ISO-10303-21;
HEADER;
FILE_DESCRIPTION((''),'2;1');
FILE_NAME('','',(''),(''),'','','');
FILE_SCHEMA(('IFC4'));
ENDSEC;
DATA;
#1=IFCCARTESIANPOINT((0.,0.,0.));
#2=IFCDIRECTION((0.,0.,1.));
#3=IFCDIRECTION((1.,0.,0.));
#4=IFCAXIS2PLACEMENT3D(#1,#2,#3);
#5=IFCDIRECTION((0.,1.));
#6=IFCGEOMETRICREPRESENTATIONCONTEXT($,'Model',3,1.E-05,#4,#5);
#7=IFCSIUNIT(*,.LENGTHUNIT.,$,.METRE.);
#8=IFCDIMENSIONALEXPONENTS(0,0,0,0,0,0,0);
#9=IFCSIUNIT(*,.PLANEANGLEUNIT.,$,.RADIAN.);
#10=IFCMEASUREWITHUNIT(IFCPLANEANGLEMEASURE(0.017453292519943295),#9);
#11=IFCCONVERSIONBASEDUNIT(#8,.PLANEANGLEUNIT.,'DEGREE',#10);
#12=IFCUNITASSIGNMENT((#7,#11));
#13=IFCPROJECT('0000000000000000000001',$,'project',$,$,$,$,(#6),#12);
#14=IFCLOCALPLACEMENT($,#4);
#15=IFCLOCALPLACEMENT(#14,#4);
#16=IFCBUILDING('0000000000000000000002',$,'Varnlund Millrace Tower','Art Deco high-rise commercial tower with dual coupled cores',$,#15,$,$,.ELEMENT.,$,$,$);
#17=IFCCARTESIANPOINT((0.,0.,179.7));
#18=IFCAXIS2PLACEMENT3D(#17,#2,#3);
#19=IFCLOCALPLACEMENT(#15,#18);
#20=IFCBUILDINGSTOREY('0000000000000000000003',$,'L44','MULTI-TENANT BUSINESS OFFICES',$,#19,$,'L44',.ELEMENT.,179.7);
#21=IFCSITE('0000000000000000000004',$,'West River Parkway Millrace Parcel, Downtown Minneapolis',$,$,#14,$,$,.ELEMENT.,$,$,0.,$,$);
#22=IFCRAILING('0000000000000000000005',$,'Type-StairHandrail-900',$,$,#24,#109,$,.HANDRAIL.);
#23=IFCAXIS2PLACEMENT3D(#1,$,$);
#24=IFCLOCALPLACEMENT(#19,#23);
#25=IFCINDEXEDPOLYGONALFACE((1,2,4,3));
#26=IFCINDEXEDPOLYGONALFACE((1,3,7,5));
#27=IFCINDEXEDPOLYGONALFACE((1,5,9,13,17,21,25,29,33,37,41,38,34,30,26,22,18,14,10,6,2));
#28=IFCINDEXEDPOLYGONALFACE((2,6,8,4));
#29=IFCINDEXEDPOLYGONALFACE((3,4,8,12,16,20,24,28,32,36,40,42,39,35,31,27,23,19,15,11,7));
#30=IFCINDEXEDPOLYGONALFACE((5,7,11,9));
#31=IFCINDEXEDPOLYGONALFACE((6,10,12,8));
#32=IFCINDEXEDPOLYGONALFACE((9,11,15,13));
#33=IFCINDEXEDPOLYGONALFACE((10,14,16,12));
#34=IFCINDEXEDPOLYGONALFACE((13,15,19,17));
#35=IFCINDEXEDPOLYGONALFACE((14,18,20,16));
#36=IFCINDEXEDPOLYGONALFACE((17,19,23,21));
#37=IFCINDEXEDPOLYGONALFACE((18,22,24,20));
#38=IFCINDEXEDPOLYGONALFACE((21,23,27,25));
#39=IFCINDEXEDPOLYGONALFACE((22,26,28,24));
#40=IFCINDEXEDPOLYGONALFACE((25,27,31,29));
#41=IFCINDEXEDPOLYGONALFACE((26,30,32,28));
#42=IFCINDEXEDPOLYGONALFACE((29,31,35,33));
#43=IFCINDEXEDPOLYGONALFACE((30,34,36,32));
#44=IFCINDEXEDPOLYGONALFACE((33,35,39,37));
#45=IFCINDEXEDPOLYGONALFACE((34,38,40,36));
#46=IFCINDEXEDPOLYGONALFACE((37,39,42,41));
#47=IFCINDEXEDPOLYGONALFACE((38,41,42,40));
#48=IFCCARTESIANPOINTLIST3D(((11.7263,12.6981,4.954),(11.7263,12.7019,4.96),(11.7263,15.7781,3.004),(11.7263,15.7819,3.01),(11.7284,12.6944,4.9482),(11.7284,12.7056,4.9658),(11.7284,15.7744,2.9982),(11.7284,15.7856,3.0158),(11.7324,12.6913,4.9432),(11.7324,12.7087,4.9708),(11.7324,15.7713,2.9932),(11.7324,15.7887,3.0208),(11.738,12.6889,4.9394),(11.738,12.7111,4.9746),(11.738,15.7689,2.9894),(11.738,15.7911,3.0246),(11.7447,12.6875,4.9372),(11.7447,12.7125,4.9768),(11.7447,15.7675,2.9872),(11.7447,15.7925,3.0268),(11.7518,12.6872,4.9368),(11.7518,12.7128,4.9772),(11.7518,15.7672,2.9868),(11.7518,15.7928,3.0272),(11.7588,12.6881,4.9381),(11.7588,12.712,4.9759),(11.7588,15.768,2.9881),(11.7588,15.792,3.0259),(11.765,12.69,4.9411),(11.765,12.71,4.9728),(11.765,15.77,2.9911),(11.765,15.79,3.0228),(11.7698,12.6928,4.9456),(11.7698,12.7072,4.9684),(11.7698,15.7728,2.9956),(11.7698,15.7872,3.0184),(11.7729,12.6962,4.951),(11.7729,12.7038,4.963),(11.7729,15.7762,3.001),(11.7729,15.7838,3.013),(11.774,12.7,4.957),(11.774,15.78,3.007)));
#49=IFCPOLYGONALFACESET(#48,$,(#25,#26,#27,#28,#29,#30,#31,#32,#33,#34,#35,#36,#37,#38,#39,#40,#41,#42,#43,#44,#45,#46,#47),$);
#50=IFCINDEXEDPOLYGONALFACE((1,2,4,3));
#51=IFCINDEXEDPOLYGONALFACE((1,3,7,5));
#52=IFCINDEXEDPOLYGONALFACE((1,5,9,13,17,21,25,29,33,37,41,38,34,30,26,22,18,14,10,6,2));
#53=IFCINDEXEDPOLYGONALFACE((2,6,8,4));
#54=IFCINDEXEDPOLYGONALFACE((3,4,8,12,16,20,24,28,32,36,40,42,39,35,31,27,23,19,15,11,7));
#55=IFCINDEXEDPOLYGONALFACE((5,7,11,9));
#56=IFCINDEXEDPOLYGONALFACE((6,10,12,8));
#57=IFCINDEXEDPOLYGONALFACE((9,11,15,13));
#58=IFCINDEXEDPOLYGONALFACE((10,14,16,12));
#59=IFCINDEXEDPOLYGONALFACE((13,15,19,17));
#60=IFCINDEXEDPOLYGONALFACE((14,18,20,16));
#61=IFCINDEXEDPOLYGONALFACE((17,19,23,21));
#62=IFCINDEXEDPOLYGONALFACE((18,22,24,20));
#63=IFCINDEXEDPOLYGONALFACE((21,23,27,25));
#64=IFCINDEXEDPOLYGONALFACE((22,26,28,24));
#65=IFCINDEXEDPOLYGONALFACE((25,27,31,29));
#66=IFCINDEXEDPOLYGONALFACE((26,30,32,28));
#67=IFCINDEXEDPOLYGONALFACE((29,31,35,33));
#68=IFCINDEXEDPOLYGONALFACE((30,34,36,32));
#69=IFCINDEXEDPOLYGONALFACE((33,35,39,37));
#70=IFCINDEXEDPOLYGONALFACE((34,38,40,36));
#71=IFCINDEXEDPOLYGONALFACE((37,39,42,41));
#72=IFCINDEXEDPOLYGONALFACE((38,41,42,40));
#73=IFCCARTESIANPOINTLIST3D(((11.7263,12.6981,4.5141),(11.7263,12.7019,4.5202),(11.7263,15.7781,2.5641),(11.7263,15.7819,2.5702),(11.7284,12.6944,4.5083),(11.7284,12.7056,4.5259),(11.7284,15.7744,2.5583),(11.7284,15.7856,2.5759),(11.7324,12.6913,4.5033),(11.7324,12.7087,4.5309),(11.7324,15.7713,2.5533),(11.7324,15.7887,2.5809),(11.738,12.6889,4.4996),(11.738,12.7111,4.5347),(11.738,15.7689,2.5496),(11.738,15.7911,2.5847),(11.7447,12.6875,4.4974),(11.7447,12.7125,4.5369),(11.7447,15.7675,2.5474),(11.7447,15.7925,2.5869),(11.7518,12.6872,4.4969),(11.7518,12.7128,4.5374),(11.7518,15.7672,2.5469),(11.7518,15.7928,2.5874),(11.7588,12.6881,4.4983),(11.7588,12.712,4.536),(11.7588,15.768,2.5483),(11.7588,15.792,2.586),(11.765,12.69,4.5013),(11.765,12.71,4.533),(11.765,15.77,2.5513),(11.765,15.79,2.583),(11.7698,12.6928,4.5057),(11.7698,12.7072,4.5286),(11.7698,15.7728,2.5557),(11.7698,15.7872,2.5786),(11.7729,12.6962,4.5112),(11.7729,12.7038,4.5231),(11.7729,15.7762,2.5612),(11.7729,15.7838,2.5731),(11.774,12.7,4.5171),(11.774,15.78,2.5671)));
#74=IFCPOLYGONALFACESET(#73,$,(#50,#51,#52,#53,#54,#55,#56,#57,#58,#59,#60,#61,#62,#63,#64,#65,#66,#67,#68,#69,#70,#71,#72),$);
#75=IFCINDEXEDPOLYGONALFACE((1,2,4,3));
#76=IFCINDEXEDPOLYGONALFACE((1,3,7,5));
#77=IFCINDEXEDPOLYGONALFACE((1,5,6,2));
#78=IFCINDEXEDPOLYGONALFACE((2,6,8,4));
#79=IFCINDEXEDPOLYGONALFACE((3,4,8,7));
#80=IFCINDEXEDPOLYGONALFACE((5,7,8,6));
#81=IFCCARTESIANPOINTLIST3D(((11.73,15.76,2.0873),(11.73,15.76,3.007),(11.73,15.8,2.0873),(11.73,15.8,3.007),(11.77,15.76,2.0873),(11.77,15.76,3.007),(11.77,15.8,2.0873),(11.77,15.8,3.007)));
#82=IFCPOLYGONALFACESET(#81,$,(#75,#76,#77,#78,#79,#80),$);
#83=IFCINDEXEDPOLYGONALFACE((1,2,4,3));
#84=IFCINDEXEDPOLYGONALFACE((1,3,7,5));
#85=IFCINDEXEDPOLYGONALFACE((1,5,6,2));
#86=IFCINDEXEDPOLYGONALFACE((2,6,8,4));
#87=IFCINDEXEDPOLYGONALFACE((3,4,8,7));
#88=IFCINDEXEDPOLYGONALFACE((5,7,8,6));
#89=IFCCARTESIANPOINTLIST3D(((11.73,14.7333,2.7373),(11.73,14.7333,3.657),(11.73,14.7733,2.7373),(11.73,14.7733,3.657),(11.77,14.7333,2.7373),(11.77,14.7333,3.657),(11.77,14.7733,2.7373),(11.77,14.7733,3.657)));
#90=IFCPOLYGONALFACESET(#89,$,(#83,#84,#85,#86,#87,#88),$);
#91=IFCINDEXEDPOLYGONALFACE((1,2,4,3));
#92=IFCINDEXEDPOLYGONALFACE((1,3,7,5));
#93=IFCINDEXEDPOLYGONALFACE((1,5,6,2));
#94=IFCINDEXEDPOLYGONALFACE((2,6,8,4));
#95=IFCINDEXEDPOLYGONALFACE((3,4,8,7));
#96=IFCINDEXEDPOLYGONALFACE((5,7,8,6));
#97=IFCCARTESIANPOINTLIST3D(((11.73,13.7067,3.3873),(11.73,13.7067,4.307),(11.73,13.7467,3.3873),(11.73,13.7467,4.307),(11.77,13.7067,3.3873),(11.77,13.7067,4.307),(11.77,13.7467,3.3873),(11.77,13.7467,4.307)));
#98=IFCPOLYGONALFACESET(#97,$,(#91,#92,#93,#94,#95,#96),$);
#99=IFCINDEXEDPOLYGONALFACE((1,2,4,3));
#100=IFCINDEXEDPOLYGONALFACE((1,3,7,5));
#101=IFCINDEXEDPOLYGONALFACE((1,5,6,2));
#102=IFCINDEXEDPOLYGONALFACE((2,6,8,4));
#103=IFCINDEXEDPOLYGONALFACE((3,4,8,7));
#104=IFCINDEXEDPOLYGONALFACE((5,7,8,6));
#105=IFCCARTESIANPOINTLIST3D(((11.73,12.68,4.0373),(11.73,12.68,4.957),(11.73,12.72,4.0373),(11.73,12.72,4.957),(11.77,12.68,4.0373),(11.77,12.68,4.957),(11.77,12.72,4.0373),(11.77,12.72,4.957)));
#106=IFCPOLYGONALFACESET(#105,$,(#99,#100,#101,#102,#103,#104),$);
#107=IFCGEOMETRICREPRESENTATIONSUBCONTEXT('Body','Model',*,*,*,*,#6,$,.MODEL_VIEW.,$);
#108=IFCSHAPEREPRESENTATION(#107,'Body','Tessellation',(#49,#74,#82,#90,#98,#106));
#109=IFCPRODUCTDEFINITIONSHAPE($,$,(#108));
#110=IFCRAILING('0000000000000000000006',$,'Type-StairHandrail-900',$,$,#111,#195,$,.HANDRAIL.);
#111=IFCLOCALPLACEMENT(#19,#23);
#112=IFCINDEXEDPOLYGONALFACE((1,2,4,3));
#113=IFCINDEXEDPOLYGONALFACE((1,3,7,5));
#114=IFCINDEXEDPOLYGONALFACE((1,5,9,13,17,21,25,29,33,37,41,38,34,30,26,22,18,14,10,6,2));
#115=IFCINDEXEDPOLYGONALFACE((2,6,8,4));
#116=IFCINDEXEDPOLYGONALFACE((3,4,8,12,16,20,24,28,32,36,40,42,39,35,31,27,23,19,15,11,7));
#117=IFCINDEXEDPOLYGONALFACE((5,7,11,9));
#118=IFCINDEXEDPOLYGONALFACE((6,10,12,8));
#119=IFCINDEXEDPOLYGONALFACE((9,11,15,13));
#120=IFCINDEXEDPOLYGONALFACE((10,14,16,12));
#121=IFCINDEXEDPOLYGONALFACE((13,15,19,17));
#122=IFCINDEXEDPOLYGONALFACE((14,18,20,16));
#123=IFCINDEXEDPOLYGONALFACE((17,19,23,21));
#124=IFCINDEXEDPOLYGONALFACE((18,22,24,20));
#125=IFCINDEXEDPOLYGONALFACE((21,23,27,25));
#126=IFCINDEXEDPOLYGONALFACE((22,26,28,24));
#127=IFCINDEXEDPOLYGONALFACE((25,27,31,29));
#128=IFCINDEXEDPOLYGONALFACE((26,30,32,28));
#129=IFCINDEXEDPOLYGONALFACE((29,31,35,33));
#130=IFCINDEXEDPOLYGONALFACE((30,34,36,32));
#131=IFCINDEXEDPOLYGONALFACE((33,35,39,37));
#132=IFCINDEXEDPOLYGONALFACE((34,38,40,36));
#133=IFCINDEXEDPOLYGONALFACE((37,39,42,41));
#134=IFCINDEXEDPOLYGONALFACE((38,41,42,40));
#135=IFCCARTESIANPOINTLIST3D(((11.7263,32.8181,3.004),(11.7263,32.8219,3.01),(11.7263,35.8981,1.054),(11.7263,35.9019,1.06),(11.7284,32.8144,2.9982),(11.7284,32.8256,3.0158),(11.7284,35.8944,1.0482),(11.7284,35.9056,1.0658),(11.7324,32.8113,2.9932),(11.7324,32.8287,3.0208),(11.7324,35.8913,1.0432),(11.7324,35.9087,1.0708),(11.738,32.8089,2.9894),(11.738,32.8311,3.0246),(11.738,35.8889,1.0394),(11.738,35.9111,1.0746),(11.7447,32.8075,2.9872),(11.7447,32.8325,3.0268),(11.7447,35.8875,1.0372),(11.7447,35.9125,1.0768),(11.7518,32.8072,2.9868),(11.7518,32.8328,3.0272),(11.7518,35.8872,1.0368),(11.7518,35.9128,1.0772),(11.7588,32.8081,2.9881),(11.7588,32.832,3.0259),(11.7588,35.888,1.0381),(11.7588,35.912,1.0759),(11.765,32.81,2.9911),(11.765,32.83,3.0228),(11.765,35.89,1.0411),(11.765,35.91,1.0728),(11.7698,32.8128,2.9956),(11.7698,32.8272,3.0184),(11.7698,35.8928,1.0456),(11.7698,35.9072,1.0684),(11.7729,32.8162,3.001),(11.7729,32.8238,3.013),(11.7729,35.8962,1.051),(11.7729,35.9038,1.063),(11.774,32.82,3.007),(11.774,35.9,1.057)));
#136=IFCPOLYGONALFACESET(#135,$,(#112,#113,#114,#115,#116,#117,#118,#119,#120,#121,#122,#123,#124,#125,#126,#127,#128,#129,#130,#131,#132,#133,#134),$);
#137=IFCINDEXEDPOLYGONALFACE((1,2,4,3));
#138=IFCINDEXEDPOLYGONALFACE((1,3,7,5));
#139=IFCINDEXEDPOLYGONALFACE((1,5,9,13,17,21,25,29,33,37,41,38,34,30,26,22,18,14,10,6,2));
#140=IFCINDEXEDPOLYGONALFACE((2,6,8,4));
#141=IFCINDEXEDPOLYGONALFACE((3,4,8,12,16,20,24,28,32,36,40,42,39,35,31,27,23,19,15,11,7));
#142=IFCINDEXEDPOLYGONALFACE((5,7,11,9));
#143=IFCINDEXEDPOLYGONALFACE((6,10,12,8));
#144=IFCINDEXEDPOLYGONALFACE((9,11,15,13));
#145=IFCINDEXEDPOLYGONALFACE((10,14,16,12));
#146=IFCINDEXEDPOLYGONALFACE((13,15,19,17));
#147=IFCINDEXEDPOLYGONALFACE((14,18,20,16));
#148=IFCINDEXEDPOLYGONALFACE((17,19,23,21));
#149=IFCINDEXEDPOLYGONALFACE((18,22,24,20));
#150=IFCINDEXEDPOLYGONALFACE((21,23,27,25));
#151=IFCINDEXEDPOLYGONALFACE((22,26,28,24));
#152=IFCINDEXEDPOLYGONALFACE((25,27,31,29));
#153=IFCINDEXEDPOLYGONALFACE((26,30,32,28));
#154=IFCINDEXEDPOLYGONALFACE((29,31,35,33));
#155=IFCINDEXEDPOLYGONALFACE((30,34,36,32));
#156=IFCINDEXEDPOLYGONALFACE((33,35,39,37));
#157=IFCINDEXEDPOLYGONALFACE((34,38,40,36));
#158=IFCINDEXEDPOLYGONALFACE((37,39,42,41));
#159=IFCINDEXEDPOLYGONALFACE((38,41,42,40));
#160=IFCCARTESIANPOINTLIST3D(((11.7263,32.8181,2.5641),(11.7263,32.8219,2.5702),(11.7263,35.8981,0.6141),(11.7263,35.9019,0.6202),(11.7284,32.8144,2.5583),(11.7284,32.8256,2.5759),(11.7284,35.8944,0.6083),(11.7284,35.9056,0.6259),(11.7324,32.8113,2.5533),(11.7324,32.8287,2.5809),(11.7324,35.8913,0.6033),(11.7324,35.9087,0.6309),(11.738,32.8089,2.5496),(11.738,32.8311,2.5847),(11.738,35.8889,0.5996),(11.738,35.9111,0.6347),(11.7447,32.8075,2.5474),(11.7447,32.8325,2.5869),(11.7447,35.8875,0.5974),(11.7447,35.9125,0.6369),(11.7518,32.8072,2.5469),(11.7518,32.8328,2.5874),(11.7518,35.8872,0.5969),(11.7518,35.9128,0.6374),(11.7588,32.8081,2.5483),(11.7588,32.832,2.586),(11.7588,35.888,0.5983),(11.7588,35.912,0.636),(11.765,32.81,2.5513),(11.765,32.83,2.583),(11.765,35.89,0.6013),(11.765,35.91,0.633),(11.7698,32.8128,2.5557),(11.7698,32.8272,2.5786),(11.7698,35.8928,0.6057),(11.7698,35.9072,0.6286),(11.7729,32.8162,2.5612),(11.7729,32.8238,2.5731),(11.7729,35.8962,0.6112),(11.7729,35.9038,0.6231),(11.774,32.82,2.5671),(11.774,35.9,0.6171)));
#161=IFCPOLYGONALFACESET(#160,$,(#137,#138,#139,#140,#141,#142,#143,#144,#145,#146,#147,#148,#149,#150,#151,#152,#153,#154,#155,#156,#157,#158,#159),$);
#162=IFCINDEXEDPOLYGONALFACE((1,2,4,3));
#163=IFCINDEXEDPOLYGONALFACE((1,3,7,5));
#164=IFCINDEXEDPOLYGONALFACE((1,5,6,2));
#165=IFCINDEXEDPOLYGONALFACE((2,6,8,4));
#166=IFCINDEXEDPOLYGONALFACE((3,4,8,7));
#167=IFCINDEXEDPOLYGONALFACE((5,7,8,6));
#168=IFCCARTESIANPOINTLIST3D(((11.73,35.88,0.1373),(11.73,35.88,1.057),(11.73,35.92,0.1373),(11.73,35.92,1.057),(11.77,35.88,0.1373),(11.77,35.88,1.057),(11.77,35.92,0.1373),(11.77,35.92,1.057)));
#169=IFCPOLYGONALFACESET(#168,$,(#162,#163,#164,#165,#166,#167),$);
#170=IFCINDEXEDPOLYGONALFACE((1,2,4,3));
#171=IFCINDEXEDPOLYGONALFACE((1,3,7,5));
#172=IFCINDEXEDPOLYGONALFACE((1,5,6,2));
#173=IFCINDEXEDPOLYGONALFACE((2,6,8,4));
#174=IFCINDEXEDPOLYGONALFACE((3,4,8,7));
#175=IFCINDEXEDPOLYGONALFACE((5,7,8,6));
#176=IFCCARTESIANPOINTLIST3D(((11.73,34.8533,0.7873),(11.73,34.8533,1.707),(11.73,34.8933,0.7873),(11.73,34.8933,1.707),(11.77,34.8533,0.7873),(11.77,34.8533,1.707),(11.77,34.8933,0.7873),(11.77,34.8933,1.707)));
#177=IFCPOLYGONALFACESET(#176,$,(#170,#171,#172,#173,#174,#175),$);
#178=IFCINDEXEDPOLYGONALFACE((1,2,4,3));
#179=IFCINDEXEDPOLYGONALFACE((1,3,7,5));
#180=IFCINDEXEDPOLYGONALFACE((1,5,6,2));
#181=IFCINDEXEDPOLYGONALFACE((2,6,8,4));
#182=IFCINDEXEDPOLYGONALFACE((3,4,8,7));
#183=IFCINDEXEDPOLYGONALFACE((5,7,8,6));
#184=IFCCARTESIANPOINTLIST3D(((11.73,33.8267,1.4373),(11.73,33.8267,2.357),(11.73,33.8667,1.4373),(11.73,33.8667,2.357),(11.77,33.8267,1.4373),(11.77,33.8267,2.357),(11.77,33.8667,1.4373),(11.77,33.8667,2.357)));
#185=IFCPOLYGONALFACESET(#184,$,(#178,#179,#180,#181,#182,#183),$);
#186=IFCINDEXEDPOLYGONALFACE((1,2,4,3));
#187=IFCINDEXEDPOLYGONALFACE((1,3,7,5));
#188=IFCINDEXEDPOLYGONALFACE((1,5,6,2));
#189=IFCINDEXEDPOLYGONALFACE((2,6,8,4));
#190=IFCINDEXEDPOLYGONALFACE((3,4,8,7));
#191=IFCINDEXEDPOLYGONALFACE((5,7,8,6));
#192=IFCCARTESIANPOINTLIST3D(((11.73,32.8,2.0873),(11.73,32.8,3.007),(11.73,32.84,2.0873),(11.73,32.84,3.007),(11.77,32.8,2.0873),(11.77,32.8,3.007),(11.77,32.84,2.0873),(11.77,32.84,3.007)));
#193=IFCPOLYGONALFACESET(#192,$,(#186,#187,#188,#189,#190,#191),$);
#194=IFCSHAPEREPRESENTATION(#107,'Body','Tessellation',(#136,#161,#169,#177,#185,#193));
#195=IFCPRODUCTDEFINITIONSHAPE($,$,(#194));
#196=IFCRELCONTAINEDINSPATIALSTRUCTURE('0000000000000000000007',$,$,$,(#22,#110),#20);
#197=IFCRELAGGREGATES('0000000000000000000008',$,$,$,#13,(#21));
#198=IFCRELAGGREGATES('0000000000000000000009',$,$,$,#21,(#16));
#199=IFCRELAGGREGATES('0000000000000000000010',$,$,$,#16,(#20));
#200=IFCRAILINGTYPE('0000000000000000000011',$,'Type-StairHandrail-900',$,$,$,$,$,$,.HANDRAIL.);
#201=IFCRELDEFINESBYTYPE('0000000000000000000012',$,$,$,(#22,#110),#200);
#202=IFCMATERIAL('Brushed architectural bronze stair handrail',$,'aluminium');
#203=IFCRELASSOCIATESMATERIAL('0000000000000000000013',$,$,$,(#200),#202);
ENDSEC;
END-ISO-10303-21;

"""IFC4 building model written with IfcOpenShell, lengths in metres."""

from ifc_helpers import new_model, entity, si_unit, converted_unit, direction, frame, origin_with_axes, origin_2d_with_axis, place, context, subcontext, project, spatial, rectangle, circle, extrude, material, type_object, element, save


model = new_model("IFC4")

# Units and contexts
model_context = context("Model", 3, precision=1e-05, world=origin_with_axes(), true_north=direction((0.0, 1.0)))
body_context = subcontext(model_context, "Body", "Model", "MODEL_VIEW")
ifc_project = project(units=[si_unit("LENGTHUNIT", "METRE"), converted_unit("PLANEANGLEUNIT", "DEGREE", entity("IfcPlaneAngleMeasure", 0.017453292519943295), si_unit("PLANEANGLEUNIT", "RADIAN"), dimensions=[0, 0, 0, 0, 0, 0, 0])], contexts=[model_context])

# Site, building, storey
site_placement = place(None, origin_with_axes())
site = spatial("IfcSite", under=ifc_project, at=site_placement, Name="West River Parkway Millrace Parcel, Downtown Minneapolis", CompositionType="ELEMENT", RefElevation=0.0)
building_placement = place(site_placement, origin_with_axes())
building = spatial("IfcBuilding", under=site, at=building_placement, Name="Varnlund Millrace Tower", Description="Art Deco high-rise commercial tower with dual coupled cores", CompositionType="ELEMENT")
storey_placement = place(building_placement, frame((0.0, 0.0, 179.7), z_axis=(0.0, 0.0, 1.0), x_axis=(1.0, 0.0, 0.0)))
storey = spatial("IfcBuildingStorey", under=building, at=storey_placement, Name="L44", Description="MULTI-TENANT BUSINESS OFFICES", LongName="L44", CompositionType="ELEMENT", Elevation=179.7)

# Railings
ifc_material_1 = material(Name="Brushed architectural bronze stair handrail", Category="aluminium")
railing_type_1 = type_object("IfcRailingType", Name="Type-StairHandrail-900", PredefinedType="HANDRAIL", material=ifc_material_1)
railing_1_placement = place(storey_placement, frame((0.0, 0.0, -179.7), z_axis=(0.0, 0.0, 1.0), x_axis=(1.0, 0.0, 0.0)))
element("IfcRailing", 1, at=railing_1_placement, inside=storey, type_object=railing_type_1, Name="Type-StairHandrail-900", PredefinedType="HANDRAIL", context=body_context, shape_type="SweptSolid", body=[
    extrude(circle(Radius=0.024, at=origin_2d_with_axis()), frame((11.75, 15.78, 182.707), z_axis=(0.0, -0.844902, 0.534922), x_axis=(1.0, 0.0, 0.0)), (0.0, 0.0, 1.0), 3.6454),
    extrude(circle(Radius=0.024, at=origin_2d_with_axis()), frame((11.75, 15.78, 182.2671), z_axis=(0.0, -0.844902, 0.534922), x_axis=(1.0, 0.0, 0.0)), (0.0, 0.0, 1.0), 3.6454),
    extrude(rectangle(XDim=0.04, YDim=0.04, at=origin_2d_with_axis()), frame((11.75, 15.78, 181.7873), z_axis=(0.0, 0.0, 1.0), x_axis=(1.0, 0.0, 0.0)), (0.0, 0.0, 1.0), 0.9197),
    extrude(rectangle(XDim=0.04, YDim=0.04, at=origin_2d_with_axis()), frame((11.75, 14.7533, 182.4373), z_axis=(0.0, 0.0, 1.0), x_axis=(1.0, 0.0, 0.0)), (0.0, 0.0, 1.0), 0.9197),
    extrude(rectangle(XDim=0.04, YDim=0.04, at=origin_2d_with_axis()), frame((11.75, 13.7267, 183.0873), z_axis=(0.0, 0.0, 1.0), x_axis=(1.0, 0.0, 0.0)), (0.0, 0.0, 1.0), 0.9197),
    extrude(rectangle(XDim=0.04, YDim=0.04, at=origin_2d_with_axis()), frame((11.75, 12.7, 183.7373), z_axis=(0.0, 0.0, 1.0), x_axis=(1.0, 0.0, 0.0)), (0.0, 0.0, 1.0), 0.9197),
])
railing_2_placement = place(storey_placement, frame((0.0, 0.0, -179.7), z_axis=(0.0, 0.0, 1.0), x_axis=(1.0, 0.0, 0.0)))
element("IfcRailing", 2, at=railing_2_placement, inside=storey, type_object=railing_type_1, Name="Type-StairHandrail-900", PredefinedType="HANDRAIL", context=body_context, shape_type="SweptSolid", body=[
    extrude(circle(Radius=0.024, at=origin_2d_with_axis()), frame((11.75, 35.9, 180.757), z_axis=(0.0, -0.844902, 0.534922), x_axis=(1.0, 0.0, 0.0)), (0.0, 0.0, 1.0), 3.6454),
    extrude(circle(Radius=0.024, at=origin_2d_with_axis()), frame((11.75, 35.9, 180.3171), z_axis=(0.0, -0.844902, 0.534922), x_axis=(1.0, 0.0, 0.0)), (0.0, 0.0, 1.0), 3.6454),
    extrude(rectangle(XDim=0.04, YDim=0.04, at=origin_2d_with_axis()), frame((11.75, 35.9, 179.8373), z_axis=(0.0, 0.0, 1.0), x_axis=(1.0, 0.0, 0.0)), (0.0, 0.0, 1.0), 0.9197),
    extrude(rectangle(XDim=0.04, YDim=0.04, at=origin_2d_with_axis()), frame((11.75, 34.8733, 180.4873), z_axis=(0.0, 0.0, 1.0), x_axis=(1.0, 0.0, 0.0)), (0.0, 0.0, 1.0), 0.9197),
    extrude(rectangle(XDim=0.04, YDim=0.04, at=origin_2d_with_axis()), frame((11.75, 33.8467, 181.1373), z_axis=(0.0, 0.0, 1.0), x_axis=(1.0, 0.0, 0.0)), (0.0, 0.0, 1.0), 0.9197),
    extrude(rectangle(XDim=0.04, YDim=0.04, at=origin_2d_with_axis()), frame((11.75, 32.82, 181.7873), z_axis=(0.0, 0.0, 1.0), x_axis=(1.0, 0.0, 0.0)), (0.0, 0.0, 1.0), 0.9197),
])

save(model, "model.ifc")
